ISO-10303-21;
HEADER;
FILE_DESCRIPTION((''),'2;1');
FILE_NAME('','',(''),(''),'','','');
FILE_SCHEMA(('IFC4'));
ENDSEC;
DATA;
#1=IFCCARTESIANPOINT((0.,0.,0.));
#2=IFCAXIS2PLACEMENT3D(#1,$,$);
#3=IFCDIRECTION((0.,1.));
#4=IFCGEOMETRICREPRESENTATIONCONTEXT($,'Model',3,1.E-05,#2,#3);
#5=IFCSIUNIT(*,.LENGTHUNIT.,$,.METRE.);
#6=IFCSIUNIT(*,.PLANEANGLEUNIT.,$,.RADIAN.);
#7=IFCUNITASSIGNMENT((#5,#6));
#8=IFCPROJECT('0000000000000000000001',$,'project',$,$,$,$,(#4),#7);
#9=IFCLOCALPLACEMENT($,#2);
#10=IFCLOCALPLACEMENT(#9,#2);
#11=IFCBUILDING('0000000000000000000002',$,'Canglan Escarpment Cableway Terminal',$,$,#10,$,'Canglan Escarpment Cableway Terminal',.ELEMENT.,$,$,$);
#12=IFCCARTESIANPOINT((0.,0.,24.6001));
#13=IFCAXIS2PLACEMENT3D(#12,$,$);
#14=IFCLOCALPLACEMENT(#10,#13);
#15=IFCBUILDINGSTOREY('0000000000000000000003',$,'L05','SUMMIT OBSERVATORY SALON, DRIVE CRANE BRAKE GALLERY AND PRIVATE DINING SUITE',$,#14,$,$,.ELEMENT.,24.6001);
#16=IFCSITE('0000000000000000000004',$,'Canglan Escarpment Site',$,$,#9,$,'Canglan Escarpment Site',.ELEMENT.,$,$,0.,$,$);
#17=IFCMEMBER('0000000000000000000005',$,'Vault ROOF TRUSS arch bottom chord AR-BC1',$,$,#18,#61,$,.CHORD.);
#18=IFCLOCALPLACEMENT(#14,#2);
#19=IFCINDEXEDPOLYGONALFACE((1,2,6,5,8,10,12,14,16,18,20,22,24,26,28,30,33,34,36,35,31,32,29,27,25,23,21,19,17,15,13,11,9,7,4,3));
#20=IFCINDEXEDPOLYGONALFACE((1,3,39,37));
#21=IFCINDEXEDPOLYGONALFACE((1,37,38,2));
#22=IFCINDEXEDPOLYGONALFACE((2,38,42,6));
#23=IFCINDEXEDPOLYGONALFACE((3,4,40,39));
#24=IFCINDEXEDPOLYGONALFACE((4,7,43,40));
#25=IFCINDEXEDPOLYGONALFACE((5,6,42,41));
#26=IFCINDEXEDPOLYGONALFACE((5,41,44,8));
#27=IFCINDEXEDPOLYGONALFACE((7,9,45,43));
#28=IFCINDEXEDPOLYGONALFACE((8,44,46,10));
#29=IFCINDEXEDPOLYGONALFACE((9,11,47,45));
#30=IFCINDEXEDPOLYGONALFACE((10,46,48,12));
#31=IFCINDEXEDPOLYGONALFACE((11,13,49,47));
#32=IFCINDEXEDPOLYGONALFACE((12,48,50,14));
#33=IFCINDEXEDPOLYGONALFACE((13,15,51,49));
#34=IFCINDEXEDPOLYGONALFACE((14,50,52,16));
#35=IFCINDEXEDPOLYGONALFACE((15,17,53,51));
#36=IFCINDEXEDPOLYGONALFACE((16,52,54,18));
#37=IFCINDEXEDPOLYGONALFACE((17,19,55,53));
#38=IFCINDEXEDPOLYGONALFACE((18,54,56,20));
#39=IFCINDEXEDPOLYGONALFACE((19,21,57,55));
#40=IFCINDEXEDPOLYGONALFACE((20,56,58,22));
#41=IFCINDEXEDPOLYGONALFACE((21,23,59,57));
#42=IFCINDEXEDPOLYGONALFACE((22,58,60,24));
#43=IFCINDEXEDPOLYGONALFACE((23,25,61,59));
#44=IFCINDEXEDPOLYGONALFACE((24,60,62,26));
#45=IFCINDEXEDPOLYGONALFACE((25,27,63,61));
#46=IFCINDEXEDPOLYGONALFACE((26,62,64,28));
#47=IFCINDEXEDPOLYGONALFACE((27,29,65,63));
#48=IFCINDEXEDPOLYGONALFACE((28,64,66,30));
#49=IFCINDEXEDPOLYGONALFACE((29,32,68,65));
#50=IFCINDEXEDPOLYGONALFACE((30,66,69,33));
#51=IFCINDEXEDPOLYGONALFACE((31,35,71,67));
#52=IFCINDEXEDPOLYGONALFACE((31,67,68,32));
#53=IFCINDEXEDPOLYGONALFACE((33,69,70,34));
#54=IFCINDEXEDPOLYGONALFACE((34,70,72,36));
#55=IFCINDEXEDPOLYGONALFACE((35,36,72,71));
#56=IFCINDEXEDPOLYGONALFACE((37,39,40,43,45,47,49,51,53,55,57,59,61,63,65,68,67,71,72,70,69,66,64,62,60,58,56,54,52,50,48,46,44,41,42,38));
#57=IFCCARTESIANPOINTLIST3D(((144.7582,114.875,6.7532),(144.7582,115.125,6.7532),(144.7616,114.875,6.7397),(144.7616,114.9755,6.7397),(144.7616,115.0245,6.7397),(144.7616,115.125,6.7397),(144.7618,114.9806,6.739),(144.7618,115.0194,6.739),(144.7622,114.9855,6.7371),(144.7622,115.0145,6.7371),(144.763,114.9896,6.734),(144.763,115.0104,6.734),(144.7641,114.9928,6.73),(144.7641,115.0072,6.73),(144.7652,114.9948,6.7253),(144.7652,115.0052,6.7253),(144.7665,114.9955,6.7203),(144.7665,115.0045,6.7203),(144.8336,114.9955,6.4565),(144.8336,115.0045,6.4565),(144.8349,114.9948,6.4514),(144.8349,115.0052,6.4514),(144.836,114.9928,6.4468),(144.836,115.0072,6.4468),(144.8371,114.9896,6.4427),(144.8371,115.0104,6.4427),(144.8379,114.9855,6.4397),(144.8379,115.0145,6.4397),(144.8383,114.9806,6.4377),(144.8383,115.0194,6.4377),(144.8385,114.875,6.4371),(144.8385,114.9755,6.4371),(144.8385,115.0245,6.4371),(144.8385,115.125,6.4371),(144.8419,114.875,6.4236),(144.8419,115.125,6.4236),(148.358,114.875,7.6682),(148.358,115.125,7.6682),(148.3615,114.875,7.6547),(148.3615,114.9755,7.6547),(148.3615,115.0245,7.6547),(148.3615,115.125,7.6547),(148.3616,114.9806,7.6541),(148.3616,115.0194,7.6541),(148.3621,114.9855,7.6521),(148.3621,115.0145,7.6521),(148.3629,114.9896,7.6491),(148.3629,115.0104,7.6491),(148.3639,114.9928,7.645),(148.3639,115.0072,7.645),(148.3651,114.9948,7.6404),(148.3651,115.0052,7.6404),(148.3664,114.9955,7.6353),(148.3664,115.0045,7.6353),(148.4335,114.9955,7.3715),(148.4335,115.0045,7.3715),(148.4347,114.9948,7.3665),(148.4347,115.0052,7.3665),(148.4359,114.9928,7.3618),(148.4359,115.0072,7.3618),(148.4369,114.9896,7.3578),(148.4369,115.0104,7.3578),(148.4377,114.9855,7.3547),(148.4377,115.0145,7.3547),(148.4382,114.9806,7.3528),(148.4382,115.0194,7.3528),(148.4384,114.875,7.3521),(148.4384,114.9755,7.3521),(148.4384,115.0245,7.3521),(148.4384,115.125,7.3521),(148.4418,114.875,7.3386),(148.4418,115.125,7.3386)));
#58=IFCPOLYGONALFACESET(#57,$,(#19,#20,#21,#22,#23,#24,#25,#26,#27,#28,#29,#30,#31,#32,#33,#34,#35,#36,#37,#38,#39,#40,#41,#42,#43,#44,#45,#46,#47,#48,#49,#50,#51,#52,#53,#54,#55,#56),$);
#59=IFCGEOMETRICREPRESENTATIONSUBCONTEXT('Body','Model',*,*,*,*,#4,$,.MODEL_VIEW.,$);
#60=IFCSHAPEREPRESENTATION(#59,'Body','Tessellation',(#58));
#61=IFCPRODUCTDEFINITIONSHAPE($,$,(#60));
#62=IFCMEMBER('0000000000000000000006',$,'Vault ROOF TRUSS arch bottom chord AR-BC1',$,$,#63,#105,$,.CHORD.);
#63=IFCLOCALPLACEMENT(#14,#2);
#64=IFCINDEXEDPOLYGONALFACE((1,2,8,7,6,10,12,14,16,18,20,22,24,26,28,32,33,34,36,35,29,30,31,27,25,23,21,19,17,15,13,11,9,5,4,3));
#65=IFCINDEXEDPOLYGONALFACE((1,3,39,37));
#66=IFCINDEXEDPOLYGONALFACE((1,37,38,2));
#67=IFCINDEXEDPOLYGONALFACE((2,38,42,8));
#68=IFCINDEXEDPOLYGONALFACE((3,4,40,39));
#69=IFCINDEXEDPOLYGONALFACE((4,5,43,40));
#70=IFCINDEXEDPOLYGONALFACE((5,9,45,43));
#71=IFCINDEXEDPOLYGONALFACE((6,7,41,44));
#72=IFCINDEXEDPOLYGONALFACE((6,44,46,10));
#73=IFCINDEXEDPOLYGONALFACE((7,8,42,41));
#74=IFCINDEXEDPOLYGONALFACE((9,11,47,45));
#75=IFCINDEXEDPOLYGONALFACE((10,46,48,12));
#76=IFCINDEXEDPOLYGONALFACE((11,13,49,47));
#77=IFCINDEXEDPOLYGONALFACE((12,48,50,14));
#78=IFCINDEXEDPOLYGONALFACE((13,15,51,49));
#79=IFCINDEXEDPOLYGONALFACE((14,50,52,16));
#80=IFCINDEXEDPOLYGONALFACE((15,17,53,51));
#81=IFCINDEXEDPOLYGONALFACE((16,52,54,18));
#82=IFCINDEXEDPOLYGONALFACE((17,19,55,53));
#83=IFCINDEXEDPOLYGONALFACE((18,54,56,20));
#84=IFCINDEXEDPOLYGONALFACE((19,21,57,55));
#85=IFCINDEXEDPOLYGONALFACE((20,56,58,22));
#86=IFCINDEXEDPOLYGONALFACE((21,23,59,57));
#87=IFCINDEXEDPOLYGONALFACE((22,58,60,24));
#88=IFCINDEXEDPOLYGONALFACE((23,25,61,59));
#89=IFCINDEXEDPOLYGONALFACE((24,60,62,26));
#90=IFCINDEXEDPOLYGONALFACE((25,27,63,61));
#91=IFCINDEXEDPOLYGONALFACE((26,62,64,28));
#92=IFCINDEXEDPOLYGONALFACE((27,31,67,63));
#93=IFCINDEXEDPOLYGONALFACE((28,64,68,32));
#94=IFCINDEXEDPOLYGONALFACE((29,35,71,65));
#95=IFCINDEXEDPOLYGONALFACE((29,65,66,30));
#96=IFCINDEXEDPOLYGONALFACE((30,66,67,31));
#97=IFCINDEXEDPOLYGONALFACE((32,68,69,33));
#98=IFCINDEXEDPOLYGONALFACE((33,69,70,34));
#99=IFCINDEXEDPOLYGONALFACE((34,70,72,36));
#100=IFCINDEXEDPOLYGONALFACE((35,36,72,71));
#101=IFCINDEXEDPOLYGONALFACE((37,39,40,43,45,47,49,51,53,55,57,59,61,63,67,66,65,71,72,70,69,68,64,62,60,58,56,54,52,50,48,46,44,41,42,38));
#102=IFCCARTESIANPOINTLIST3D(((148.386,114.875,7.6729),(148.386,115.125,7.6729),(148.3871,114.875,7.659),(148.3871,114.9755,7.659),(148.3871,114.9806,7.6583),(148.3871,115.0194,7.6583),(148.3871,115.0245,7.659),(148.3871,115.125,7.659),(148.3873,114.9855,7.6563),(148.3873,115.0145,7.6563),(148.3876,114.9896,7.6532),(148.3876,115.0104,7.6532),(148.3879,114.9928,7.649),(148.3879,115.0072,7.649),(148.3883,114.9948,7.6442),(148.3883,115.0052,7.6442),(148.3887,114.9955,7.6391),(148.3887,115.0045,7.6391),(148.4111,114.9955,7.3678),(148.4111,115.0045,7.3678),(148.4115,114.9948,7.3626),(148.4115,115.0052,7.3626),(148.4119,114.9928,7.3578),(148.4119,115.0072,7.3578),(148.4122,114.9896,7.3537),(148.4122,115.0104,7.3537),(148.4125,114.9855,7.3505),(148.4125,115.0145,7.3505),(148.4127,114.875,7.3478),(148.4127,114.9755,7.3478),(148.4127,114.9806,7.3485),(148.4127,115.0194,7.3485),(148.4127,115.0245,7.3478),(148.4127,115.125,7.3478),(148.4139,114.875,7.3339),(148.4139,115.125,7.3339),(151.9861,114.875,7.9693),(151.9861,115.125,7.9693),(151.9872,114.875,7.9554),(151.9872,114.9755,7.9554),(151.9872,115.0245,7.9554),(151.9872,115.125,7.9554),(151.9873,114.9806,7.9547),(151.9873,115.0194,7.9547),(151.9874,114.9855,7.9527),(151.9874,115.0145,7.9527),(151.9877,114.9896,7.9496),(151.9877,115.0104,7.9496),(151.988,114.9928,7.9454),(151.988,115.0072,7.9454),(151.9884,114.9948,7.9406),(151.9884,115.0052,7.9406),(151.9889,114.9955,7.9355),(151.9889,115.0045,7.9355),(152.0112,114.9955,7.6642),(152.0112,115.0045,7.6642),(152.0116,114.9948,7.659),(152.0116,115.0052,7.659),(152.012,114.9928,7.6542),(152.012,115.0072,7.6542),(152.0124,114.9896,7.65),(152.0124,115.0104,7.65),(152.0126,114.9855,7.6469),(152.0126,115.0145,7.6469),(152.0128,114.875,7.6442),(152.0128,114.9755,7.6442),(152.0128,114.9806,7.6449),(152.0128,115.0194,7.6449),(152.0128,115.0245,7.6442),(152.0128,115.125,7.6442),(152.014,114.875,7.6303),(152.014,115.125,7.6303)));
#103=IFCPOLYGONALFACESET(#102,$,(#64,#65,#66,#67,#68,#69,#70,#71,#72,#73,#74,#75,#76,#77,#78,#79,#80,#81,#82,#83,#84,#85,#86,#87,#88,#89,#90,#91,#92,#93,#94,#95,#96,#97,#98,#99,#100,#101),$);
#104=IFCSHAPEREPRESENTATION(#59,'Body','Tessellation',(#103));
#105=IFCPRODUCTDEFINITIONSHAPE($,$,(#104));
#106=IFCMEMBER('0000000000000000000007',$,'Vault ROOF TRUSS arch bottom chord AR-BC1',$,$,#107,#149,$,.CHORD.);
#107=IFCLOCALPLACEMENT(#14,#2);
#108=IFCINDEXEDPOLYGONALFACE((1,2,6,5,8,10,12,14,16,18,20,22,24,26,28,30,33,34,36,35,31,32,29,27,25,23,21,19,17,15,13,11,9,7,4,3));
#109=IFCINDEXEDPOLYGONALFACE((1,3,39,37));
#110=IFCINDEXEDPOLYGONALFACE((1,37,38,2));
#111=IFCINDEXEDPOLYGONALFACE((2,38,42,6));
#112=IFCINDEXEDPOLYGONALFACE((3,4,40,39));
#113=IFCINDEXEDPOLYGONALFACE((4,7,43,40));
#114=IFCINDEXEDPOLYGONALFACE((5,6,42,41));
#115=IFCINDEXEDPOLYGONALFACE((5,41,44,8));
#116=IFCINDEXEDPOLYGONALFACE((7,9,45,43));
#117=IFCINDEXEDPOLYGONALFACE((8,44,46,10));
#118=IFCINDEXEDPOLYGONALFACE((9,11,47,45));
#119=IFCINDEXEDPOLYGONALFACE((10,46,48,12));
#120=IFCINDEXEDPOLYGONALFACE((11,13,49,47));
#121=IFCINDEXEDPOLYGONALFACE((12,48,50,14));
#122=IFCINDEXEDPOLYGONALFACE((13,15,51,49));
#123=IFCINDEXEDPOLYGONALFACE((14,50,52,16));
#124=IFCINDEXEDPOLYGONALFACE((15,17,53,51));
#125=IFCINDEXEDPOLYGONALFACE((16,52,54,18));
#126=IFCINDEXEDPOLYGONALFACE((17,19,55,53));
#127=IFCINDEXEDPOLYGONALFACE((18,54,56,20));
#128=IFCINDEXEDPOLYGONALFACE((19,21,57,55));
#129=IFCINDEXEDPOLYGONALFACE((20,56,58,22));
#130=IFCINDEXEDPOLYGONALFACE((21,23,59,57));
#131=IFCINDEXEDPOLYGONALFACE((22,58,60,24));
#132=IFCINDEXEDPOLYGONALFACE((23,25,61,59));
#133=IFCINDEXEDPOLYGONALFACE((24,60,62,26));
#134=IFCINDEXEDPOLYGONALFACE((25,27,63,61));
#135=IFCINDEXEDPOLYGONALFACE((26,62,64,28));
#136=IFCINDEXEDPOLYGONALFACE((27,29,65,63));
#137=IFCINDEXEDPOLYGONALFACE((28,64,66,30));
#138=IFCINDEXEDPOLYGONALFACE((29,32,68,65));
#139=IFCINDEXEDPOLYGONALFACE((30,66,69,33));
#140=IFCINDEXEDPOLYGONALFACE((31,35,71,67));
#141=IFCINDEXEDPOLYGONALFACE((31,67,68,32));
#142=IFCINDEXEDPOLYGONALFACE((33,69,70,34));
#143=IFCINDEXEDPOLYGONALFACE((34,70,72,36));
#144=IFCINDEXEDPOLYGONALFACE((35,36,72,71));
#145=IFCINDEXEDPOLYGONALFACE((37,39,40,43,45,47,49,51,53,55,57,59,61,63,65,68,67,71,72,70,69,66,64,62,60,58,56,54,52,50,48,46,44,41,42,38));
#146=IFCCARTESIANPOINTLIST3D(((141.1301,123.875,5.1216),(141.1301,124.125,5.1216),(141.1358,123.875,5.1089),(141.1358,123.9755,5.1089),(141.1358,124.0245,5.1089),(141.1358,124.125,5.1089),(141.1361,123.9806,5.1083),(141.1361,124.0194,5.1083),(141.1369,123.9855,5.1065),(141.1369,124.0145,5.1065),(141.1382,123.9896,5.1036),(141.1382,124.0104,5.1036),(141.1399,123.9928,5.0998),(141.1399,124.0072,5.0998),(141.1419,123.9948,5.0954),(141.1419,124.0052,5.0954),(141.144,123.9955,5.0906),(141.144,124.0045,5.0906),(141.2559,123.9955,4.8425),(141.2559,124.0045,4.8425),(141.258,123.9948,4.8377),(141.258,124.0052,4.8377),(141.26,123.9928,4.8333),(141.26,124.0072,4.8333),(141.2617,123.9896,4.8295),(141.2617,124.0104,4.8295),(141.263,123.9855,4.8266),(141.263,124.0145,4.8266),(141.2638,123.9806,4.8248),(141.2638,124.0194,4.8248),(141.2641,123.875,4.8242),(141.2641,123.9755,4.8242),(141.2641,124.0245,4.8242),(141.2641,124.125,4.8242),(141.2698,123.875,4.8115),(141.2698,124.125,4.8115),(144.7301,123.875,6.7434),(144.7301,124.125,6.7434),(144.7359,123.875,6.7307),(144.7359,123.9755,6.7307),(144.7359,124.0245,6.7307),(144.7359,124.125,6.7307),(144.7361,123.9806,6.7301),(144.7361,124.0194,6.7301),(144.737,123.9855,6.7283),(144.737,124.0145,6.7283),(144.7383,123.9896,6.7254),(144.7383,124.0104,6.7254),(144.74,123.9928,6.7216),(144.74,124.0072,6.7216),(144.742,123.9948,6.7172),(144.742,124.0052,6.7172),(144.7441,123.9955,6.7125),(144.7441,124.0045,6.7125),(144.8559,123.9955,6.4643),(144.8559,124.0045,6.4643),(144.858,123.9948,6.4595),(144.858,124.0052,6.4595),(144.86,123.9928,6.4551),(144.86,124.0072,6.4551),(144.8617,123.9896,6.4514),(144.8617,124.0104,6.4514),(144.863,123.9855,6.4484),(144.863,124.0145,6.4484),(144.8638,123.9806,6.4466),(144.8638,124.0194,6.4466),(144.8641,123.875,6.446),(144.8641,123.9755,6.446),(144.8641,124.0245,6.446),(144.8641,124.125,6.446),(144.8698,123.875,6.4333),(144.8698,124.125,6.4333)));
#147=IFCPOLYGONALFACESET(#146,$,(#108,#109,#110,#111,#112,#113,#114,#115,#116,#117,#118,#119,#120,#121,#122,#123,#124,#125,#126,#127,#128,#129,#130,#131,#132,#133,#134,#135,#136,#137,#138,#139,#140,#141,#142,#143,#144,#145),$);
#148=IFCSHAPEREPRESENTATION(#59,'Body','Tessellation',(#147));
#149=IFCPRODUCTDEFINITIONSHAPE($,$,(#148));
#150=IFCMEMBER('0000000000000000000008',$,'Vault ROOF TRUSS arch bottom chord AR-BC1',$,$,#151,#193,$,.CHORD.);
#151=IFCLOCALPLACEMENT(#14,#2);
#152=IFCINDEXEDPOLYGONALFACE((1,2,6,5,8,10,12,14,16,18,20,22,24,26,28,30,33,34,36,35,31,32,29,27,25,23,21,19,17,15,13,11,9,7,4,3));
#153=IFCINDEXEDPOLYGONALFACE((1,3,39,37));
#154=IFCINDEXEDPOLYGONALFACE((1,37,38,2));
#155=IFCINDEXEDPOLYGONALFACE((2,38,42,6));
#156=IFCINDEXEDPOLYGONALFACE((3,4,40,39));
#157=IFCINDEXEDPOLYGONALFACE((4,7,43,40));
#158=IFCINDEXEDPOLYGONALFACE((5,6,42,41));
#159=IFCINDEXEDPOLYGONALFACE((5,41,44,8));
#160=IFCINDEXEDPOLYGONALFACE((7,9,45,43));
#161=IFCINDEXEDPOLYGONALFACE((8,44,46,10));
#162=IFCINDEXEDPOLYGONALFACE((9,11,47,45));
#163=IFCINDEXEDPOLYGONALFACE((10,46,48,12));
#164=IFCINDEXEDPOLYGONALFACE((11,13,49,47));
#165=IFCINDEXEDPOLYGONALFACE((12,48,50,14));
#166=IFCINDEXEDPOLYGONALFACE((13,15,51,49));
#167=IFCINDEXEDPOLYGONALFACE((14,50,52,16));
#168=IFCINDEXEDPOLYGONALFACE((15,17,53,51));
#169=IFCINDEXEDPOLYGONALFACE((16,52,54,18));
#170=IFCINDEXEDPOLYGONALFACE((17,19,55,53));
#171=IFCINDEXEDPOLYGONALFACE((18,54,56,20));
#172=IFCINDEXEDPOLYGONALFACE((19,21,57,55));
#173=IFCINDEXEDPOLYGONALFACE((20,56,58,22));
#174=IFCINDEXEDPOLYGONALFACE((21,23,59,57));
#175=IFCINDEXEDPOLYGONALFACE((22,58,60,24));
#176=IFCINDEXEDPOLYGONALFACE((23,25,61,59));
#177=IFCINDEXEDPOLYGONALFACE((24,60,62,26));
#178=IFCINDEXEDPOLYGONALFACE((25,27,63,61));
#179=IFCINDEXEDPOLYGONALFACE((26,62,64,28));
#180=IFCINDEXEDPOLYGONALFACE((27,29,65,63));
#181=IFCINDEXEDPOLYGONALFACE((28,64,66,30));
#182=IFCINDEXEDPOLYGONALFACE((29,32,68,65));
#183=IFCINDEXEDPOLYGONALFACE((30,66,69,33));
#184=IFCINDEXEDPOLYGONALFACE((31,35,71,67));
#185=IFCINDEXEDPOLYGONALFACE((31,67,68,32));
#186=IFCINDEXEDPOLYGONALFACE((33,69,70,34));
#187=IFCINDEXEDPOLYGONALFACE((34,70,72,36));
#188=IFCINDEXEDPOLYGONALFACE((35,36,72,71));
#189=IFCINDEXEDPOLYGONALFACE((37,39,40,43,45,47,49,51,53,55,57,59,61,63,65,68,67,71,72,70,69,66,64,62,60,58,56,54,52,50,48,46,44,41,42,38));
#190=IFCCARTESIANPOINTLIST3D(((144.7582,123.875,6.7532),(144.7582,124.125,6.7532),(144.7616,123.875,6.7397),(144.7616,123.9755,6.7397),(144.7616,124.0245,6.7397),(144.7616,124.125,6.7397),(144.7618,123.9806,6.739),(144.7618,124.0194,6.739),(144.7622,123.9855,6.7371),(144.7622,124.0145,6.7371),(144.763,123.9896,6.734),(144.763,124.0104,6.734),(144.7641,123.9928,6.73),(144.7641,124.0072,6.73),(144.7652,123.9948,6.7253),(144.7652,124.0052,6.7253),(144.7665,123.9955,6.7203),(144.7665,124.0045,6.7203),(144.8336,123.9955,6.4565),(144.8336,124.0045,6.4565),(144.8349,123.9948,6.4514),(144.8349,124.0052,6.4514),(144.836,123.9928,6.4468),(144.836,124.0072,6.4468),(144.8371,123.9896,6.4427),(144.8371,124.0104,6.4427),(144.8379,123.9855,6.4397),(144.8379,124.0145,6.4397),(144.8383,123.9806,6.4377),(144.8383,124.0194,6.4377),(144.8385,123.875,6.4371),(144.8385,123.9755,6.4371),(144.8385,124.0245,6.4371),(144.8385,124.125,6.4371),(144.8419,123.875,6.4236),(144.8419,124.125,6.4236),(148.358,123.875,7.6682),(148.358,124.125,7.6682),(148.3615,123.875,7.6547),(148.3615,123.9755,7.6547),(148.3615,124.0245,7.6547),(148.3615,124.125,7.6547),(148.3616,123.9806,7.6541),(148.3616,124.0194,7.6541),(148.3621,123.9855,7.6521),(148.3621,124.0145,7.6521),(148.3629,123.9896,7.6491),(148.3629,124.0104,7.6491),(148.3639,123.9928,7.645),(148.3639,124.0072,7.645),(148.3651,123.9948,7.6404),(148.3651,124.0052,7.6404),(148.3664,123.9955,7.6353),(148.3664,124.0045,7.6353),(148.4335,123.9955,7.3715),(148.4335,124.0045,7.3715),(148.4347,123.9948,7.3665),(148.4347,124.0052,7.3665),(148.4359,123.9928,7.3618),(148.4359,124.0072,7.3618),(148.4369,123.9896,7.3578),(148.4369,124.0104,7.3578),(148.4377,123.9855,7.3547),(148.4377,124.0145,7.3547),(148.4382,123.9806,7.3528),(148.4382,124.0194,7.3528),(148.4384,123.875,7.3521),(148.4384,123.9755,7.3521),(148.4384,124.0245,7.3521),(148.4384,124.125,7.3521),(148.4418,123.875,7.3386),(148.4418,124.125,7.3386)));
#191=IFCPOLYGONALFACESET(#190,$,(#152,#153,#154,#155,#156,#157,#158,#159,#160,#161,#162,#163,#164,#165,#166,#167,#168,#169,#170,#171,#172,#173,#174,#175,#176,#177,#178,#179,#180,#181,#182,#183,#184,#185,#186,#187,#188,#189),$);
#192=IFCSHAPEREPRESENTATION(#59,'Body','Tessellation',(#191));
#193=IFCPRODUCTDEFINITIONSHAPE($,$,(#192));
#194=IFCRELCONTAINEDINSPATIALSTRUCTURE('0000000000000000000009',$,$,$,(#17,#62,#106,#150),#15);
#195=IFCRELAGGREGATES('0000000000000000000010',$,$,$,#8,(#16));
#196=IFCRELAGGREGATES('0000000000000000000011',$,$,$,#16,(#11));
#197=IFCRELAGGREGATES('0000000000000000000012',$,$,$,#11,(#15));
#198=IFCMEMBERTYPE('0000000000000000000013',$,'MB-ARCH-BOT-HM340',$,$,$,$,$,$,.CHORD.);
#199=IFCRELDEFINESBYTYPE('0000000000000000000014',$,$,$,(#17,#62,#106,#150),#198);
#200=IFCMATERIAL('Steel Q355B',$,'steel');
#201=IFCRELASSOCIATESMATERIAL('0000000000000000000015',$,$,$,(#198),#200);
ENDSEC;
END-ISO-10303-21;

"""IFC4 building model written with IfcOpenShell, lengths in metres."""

from ifc_helpers import new_model, si_unit, direction, frame, origin, origin_2d, place, context, subcontext, project, spatial, i_section, extrude, material, material_profile, profile_set, type_object, element, save


model = new_model("IFC4")

# Units and contexts
model_context = context("Model", 3, precision=1e-05, world=origin(), true_north=direction((0.0, 1.0)))
body_context = subcontext(model_context, "Body", "Model", "MODEL_VIEW")
ifc_project = project(units=[si_unit("LENGTHUNIT", "METRE"), si_unit("PLANEANGLEUNIT", "RADIAN")], contexts=[model_context])

# Site, building, storey
site_placement = place(None, origin())
site = spatial("IfcSite", under=ifc_project, at=site_placement, Name="Canglan Escarpment Site", LongName="Canglan Escarpment Site", CompositionType="ELEMENT", RefElevation=0.0)
building_placement = place(site_placement, origin())
building = spatial("IfcBuilding", under=site, at=building_placement, Name="Canglan Escarpment Cableway Terminal", LongName="Canglan Escarpment Cableway Terminal", CompositionType="ELEMENT")
storey_placement = place(building_placement, frame((0.0, 0.0, 24.6001)))
storey = spatial("IfcBuildingStorey", under=building, at=storey_placement, Name="L05", Description="SUMMIT OBSERVATORY SALON, DRIVE CRANE BRAKE GALLERY AND PRIVATE DINING SUITE", CompositionType="ELEMENT", Elevation=24.6001)

# Shared definitions
ifc_material_1 = material(Name="Steel Q355B", Category="steel")

# Members
ifc_material_profile_1 = material_profile(ifc_material_1, i_section(OverallWidth=0.25, OverallDepth=0.3401, WebThickness=0.009, FlangeThickness=0.0139, FilletRadius=0.02, at=origin_2d()), Name="HM 340x250x9x14")
ifc_profile_set_1 = profile_set([ifc_material_profile_1], Name="Steel Q355B")
member_type_1 = type_object("IfcMemberType", Name="MB-ARCH-BOT-HM340", PredefinedType="CHORD", material=ifc_profile_set_1)
member_1_placement = place(storey_placement, frame((144.8, 115.0, 6.5884), z_axis=(0.96918, 0.0, 0.246354), x_axis=(0.0, 1.0, 0.0)))
element("IfcMember", 1, at=member_1_placement, inside=storey, type_object=member_type_1, Name="Vault ROOF TRUSS arch bottom chord AR-BC1", PredefinedType="CHORD", context=body_context, shape_type="SweptSolid", body=[
    extrude(i_section(OverallWidth=0.25, OverallDepth=0.3401, WebThickness=0.009, FlangeThickness=0.0139, FilletRadius=0.02, at=origin_2d()), origin(), (0.0, 0.0, 1.0), 3.7144),
])
member_2_placement = place(storey_placement, frame((148.3999, 115.0, 7.5034), z_axis=(0.996628, 0.0, 0.08205), x_axis=(0.0, 1.0, 0.0)))
element("IfcMember", 2, at=member_2_placement, inside=storey, type_object=member_type_1, Name="Vault ROOF TRUSS arch bottom chord AR-BC1", PredefinedType="CHORD", context=body_context, shape_type="SweptSolid", body=[
    extrude(i_section(OverallWidth=0.25, OverallDepth=0.3401, WebThickness=0.009, FlangeThickness=0.0139, FilletRadius=0.02, at=origin_2d()), origin(), (0.0, 0.0, 1.0), 3.6123),
])
member_3_placement = place(storey_placement, frame((141.2, 124.0, 4.9666), z_axis=(0.911753, 0.0, 0.41074), x_axis=(0.0, 1.0, 0.0)))
element("IfcMember", 3, at=member_3_placement, inside=storey, type_object=member_type_1, Name="Vault ROOF TRUSS arch bottom chord AR-BC1", PredefinedType="CHORD", context=body_context, shape_type="SweptSolid", body=[
    extrude(i_section(OverallWidth=0.25, OverallDepth=0.3401, WebThickness=0.009, FlangeThickness=0.0139, FilletRadius=0.02, at=origin_2d()), origin(), (0.0, 0.0, 1.0), 3.9485),
])
member_4_placement = place(storey_placement, frame((144.8, 124.0, 6.5884), z_axis=(0.96918, 0.0, 0.246354), x_axis=(0.0, 1.0, 0.0)))
element("IfcMember", 4, at=member_4_placement, inside=storey, type_object=member_type_1, Name="Vault ROOF TRUSS arch bottom chord AR-BC1", PredefinedType="CHORD", context=body_context, shape_type="SweptSolid", body=[
    extrude(i_section(OverallWidth=0.25, OverallDepth=0.3401, WebThickness=0.009, FlangeThickness=0.0139, FilletRadius=0.02, at=origin_2d()), origin(), (0.0, 0.0, 1.0), 3.7144),
])

save(model, "model.ifc")
